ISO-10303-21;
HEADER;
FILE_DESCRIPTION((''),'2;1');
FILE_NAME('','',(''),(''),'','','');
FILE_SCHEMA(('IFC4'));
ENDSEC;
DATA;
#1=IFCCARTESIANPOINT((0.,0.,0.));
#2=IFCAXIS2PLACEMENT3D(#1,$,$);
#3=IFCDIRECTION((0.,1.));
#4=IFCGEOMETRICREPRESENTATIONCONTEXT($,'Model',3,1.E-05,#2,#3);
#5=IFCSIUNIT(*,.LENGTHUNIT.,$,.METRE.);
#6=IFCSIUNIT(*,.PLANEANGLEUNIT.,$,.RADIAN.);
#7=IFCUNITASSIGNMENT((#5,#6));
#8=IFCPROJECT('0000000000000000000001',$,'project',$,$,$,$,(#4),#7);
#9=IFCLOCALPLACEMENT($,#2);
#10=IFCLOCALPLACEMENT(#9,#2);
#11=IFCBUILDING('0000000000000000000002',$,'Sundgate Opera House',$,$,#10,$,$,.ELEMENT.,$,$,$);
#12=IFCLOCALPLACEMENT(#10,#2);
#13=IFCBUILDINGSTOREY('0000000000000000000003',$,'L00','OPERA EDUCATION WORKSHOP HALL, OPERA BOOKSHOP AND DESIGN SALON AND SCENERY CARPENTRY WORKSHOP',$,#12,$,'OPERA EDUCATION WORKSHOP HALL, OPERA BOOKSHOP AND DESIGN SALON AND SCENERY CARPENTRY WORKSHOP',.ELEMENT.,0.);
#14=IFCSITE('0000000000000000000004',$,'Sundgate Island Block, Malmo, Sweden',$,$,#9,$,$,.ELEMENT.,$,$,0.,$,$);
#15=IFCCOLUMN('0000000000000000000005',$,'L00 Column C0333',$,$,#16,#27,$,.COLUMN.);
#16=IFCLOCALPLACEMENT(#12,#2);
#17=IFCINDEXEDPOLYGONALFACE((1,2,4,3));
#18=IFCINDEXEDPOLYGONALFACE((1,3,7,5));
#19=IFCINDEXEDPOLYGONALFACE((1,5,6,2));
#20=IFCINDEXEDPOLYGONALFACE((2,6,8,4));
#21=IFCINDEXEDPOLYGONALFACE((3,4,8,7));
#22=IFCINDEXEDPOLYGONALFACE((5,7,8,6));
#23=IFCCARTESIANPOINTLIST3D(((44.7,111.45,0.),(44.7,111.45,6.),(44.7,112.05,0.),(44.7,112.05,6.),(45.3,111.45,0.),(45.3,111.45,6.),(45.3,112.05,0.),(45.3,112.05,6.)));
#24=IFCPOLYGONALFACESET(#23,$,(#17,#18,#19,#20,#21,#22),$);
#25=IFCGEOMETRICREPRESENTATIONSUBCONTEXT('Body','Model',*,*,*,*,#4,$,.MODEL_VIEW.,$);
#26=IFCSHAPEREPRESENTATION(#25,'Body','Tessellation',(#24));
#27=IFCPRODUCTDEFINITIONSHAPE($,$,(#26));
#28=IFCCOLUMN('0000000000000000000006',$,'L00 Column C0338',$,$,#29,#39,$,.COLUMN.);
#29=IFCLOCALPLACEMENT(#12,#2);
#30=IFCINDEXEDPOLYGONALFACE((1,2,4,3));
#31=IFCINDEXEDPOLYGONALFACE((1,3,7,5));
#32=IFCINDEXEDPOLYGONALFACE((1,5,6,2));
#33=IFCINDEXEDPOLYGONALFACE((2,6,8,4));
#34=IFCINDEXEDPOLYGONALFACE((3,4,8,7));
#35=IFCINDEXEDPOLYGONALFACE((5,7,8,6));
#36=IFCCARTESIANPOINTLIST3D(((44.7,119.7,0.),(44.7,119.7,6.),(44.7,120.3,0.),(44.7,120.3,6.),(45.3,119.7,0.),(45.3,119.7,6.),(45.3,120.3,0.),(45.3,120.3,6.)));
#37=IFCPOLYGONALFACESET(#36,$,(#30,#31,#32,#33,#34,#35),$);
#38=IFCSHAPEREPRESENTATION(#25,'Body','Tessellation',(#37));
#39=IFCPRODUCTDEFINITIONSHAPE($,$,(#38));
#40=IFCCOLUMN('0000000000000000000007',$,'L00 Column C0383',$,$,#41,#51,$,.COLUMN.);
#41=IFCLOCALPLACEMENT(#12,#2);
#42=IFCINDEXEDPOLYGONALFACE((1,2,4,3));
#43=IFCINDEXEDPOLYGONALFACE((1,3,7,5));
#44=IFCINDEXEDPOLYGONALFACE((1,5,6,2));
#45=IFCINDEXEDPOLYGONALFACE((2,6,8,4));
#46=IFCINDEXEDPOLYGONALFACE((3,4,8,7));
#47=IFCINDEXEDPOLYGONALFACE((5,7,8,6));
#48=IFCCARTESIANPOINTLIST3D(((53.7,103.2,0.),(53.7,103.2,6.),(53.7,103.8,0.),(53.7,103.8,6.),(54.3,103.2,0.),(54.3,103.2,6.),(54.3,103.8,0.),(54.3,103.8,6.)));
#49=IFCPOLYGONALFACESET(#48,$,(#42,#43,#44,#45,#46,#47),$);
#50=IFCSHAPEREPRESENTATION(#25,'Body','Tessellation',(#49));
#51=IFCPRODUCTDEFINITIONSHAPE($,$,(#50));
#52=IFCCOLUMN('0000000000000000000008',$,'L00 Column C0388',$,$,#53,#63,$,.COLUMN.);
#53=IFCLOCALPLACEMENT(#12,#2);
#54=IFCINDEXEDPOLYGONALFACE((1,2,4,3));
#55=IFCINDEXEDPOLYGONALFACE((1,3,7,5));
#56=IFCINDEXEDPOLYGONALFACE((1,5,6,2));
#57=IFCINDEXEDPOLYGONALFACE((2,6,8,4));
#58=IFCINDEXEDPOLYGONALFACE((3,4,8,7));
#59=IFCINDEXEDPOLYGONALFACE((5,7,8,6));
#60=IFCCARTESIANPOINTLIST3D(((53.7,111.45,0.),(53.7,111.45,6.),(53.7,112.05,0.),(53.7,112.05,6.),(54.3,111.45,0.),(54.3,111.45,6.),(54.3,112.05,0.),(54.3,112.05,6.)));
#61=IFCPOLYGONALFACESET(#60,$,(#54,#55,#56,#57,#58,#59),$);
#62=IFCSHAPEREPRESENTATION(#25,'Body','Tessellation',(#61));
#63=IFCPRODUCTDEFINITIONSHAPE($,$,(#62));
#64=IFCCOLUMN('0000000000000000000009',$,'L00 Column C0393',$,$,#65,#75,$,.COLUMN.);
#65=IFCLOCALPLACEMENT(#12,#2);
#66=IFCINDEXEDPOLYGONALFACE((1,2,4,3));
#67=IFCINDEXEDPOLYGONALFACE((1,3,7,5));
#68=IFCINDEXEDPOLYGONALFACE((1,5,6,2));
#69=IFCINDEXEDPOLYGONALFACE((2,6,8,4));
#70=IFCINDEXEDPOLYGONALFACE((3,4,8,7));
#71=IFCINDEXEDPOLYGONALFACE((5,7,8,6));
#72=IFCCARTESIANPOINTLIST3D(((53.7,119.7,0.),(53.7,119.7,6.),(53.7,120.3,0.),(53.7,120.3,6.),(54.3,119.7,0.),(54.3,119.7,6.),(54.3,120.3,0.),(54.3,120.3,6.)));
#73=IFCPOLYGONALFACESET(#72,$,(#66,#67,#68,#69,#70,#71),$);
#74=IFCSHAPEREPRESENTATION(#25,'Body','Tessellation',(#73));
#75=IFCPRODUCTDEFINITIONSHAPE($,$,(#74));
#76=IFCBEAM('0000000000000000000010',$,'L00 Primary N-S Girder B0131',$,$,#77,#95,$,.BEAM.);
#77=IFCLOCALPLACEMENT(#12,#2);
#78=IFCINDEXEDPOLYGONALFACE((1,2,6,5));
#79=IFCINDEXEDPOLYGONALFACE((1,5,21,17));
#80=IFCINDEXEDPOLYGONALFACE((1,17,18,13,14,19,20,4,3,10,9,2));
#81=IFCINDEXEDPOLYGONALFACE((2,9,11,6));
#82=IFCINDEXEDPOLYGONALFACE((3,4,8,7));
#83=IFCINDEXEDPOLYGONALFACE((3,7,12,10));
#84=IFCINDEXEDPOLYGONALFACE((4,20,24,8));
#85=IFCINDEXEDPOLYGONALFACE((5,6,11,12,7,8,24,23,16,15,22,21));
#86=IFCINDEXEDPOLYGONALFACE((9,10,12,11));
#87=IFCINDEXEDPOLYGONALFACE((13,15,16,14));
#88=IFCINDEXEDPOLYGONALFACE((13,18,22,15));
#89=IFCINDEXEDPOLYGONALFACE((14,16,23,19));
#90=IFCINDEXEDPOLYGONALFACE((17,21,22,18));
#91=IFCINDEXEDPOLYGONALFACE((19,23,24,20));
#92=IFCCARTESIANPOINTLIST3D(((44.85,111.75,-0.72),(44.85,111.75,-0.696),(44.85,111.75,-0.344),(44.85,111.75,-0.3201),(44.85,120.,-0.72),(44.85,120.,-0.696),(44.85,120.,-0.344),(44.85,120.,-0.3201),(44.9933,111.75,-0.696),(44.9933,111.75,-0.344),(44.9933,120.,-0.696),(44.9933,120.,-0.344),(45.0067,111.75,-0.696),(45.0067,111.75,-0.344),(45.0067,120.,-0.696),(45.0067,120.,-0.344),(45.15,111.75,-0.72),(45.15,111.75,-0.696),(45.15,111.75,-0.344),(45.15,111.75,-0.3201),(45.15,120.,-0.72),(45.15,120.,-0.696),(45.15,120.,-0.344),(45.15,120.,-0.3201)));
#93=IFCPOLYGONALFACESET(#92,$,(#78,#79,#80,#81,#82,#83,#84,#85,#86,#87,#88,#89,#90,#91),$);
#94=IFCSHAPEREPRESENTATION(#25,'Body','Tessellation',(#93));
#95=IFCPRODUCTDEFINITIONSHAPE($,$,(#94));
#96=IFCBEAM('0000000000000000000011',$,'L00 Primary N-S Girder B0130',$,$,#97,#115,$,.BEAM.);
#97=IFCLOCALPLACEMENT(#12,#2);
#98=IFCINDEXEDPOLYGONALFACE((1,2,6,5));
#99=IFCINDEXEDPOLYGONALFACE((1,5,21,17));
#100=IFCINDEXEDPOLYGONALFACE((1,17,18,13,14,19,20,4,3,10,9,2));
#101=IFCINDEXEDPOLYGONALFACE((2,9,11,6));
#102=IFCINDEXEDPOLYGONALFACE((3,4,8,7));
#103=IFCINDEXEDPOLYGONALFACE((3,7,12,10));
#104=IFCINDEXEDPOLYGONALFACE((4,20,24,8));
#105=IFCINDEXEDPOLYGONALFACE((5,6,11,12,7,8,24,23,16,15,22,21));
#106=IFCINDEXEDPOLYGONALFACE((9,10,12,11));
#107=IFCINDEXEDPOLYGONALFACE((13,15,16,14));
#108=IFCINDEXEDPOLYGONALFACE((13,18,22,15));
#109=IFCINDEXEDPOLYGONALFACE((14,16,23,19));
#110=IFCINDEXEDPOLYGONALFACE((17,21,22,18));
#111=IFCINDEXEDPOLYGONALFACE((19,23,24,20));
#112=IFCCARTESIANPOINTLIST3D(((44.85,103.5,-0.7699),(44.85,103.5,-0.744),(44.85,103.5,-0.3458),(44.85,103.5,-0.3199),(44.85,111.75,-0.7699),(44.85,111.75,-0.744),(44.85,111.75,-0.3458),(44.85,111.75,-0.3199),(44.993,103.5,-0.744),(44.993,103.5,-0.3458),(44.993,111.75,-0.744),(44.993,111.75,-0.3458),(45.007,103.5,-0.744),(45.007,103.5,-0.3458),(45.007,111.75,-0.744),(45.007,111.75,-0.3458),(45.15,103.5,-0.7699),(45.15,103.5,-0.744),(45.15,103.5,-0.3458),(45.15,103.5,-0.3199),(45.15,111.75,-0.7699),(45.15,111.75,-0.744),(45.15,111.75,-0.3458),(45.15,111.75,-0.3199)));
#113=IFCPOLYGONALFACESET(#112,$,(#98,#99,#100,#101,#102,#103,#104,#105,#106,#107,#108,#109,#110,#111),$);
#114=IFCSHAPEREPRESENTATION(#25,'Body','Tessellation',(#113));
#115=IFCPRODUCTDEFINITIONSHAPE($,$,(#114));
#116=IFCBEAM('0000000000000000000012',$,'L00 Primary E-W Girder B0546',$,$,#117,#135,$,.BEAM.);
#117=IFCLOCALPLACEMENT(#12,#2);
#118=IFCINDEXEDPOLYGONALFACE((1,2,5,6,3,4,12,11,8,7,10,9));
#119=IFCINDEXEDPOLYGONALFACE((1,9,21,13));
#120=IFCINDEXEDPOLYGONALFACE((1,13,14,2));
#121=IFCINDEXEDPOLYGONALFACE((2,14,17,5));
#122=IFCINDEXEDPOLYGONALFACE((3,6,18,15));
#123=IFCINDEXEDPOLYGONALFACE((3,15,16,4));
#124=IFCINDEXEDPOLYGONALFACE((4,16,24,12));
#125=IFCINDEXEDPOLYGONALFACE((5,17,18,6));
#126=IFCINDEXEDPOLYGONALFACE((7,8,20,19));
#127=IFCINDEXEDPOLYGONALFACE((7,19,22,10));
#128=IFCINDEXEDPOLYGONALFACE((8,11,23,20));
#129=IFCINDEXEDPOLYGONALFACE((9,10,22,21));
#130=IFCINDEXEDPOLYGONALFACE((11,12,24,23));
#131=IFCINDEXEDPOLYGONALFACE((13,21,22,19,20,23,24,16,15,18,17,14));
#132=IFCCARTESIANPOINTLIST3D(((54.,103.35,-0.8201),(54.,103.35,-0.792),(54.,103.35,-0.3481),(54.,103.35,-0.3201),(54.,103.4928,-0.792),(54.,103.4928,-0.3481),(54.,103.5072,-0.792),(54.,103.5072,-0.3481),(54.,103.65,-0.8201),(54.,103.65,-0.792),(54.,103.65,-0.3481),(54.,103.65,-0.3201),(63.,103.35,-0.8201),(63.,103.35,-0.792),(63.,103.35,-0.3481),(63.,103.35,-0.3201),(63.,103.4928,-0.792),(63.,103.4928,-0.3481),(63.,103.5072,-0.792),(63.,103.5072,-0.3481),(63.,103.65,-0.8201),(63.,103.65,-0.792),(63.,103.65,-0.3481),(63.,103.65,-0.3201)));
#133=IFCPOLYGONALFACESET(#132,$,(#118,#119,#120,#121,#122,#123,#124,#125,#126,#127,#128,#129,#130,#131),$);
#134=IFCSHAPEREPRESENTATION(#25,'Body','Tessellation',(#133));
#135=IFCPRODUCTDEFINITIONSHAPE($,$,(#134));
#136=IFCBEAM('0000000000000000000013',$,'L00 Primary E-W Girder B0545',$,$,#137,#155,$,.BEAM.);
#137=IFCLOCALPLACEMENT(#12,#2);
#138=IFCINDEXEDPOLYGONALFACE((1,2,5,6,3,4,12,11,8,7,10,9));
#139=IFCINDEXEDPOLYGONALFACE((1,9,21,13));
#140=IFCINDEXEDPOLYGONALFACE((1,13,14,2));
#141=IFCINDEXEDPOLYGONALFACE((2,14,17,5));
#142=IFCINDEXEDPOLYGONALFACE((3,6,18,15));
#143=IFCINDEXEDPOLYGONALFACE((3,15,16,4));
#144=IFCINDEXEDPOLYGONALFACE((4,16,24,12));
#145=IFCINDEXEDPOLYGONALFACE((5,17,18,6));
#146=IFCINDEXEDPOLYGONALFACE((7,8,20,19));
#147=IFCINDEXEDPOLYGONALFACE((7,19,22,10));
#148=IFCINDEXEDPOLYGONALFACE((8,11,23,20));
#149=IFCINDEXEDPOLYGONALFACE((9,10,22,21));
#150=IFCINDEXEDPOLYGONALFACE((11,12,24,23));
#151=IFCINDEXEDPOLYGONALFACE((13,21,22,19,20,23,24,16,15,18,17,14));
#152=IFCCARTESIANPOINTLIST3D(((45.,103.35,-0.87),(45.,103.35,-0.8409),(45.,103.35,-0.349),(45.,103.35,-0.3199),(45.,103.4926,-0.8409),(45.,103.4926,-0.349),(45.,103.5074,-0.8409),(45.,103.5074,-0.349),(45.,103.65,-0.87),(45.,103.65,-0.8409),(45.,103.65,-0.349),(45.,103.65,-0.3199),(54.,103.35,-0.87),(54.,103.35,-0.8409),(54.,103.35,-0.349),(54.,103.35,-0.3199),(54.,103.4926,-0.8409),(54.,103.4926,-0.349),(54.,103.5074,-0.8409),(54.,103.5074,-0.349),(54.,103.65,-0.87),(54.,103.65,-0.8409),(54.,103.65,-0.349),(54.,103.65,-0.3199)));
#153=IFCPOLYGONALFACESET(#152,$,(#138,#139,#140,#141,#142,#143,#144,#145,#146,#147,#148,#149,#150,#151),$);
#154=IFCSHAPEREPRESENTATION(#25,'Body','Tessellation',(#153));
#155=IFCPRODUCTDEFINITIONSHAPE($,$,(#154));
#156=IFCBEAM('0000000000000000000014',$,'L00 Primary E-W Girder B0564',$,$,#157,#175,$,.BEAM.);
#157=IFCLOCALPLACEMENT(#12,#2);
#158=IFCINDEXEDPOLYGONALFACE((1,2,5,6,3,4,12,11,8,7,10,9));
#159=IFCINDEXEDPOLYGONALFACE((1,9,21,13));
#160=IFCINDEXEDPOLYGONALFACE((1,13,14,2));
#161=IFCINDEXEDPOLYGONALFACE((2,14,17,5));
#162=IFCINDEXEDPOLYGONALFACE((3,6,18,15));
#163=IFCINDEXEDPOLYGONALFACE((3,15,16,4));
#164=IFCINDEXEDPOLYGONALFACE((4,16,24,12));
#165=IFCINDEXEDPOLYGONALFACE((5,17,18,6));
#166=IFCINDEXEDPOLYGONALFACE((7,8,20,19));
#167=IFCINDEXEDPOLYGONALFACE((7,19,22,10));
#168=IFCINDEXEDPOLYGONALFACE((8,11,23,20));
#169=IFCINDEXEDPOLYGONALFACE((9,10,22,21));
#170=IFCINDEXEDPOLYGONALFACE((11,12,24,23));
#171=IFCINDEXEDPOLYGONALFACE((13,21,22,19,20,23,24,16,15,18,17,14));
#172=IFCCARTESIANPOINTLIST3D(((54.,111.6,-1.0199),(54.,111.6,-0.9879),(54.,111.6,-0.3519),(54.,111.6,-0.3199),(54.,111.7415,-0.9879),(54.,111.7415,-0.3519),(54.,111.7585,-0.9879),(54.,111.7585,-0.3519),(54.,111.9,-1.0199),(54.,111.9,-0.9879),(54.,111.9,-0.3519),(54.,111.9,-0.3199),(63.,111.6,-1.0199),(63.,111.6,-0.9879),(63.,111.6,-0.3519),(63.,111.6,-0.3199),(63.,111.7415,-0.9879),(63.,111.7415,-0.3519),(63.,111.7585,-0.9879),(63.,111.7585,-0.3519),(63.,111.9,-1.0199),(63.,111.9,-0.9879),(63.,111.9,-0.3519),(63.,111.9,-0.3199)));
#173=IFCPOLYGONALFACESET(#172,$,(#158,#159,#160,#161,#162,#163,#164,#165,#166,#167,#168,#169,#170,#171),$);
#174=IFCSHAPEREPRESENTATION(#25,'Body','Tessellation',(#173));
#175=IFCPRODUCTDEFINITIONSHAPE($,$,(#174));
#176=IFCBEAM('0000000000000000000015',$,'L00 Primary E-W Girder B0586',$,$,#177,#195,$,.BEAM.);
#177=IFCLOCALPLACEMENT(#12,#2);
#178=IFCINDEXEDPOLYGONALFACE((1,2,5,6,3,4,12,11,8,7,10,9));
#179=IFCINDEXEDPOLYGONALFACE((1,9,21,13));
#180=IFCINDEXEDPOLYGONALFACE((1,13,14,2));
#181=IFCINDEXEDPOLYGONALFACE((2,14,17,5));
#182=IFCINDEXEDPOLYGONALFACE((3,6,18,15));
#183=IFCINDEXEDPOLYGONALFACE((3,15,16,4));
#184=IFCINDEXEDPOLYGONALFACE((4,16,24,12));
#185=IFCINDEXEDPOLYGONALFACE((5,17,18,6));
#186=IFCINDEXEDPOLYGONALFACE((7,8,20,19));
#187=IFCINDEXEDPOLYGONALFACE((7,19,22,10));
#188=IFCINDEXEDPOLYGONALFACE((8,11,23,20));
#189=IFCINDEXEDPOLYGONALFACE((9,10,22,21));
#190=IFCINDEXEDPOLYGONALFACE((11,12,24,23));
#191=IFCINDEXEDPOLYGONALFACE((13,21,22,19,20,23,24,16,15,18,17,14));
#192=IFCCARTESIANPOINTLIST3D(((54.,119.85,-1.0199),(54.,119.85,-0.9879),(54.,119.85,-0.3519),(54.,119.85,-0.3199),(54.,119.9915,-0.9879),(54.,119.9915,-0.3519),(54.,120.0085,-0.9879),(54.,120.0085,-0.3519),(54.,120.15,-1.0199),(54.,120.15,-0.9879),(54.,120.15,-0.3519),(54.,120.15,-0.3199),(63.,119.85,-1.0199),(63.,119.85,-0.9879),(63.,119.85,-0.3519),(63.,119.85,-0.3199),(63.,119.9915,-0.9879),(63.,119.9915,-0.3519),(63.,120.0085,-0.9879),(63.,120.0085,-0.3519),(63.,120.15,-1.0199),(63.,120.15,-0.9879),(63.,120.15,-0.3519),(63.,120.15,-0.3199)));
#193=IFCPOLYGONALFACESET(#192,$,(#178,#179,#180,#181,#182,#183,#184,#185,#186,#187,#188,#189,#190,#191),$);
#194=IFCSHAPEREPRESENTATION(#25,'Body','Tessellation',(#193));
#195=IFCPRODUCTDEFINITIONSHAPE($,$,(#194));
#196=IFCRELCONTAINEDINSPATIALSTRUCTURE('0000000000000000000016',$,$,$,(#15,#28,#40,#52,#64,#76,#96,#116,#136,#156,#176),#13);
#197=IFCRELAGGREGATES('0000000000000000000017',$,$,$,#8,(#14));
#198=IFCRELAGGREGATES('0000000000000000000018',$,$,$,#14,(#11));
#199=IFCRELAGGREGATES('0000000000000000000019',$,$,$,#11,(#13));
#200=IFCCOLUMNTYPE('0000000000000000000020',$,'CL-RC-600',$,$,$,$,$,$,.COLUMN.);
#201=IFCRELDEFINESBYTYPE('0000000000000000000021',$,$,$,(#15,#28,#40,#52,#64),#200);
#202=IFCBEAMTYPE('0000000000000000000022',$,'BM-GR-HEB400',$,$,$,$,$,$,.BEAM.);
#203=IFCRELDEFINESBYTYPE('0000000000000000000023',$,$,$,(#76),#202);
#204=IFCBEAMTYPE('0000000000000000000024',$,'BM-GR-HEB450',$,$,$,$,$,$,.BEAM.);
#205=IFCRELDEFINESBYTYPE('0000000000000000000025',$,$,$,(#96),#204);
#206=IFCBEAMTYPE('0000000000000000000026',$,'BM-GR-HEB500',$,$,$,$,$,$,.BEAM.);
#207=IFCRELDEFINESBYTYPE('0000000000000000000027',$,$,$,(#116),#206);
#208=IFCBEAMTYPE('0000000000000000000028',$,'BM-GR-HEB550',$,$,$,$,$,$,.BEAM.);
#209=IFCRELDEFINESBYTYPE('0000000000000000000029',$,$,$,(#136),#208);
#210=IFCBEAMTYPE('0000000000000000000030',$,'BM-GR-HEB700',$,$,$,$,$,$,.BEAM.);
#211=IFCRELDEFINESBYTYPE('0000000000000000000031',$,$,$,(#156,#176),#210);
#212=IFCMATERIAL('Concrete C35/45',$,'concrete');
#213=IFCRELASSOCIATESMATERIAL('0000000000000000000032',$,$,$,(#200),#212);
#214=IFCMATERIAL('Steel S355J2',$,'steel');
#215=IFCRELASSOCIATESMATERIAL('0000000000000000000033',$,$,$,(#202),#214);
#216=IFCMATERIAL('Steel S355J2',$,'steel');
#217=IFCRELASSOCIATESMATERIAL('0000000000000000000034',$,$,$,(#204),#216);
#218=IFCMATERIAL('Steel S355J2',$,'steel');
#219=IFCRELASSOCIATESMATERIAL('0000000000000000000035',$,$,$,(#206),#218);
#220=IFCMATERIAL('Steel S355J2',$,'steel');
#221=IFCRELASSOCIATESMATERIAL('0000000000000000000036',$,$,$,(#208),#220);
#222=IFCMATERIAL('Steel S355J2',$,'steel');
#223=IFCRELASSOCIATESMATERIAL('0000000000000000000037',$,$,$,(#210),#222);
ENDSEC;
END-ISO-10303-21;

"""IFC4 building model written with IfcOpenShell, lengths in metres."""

from ifc_helpers import new_model, si_unit, direction, frame, origin, origin_2d, place, context, subcontext, project, spatial, rectangle, i_section, extrude, material, material_profile, profile_set, type_object, element, save


model = new_model("IFC4")

# Units and contexts
model_context = context("Model", 3, precision=1e-05, world=origin(), true_north=direction((0.0, 1.0)))
body_context = subcontext(model_context, "Body", "Model", "MODEL_VIEW")
ifc_project = project(units=[si_unit("LENGTHUNIT", "METRE"), si_unit("PLANEANGLEUNIT", "RADIAN")], contexts=[model_context])

# Site, building, storey
site_placement = place(None, origin())
site = spatial("IfcSite", under=ifc_project, at=site_placement, Name="Sundgate Island Block, Malmo, Sweden", CompositionType="ELEMENT", RefElevation=0.0)
building_placement = place(site_placement, origin())
building = spatial("IfcBuilding", under=site, at=building_placement, Name="Sundgate Opera House", CompositionType="ELEMENT")
storey_placement = place(building_placement, origin())
storey = spatial("IfcBuildingStorey", under=building, at=storey_placement, Name="L00", Description="OPERA EDUCATION WORKSHOP HALL, OPERA BOOKSHOP AND DESIGN SALON AND SCENERY CARPENTRY WORKSHOP", LongName="OPERA EDUCATION WORKSHOP HALL, OPERA BOOKSHOP AND DESIGN SALON AND SCENERY CARPENTRY WORKSHOP", CompositionType="ELEMENT", Elevation=0.0)

# Columns
ifc_material_1 = material(Name="Concrete C35/45", Category="concrete")
ifc_material_profile_1 = material_profile(ifc_material_1, rectangle(XDim=0.6001, YDim=0.6001, at=origin_2d()), Name="RC 600x600")
ifc_profile_set_1 = profile_set([ifc_material_profile_1], Name="Concrete C35/45")
column_type = type_object("IfcColumnType", Name="CL-RC-600", PredefinedType="COLUMN", material=ifc_profile_set_1)
for number, where, z_axis, x_axis, name in (
    (1, (45.0, 111.75, 0.0), (0.0, 0.0, 1.0), (1.0, 0.0, 0.0), "L00 Column C0333"),
    (2, (45.0, 120.0, 0.0), (0.0, 0.0, 1.0), (1.0, 0.0, 0.0), "L00 Column C0338"),
    (3, (54.0, 103.5, 0.0), (0.0, 0.0, 1.0), (1.0, 0.0, 0.0), "L00 Column C0383"),
    (4, (54.0, 111.75, 0.0), (0.0, 0.0, 1.0), (1.0, 0.0, 0.0), "L00 Column C0388"),
    (5, (54.0, 120.0, 0.0), (0.0, 0.0, 1.0), (1.0, 0.0, 0.0), "L00 Column C0393"),
):
    element("IfcColumn", number, at=place(storey_placement, frame(where, z_axis=z_axis, x_axis=x_axis)), inside=storey, type_object=column_type, Name=name, PredefinedType="COLUMN", context=body_context, shape_type="SweptSolid", body=[
        extrude(rectangle(XDim=0.6001, YDim=0.6001, at=origin_2d()), origin(), (0.0, 0.0, 1.0), 6.0),
    ])

# Beams
ifc_material_2 = material(Name="Steel S355J2", Category="steel")
ifc_material_profile_2 = material_profile(ifc_material_2, i_section(OverallWidth=0.3, OverallDepth=0.3999, WebThickness=0.0134, FlangeThickness=0.0239, at=origin_2d()), Name="HEB 400")
ifc_profile_set_2 = profile_set([ifc_material_profile_2], Name="Steel S355J2")
beam_type_1 = type_object("IfcBeamType", Name="BM-GR-HEB400", PredefinedType="BEAM", material=ifc_profile_set_2)
beam_1_placement = place(storey_placement, frame((45.0, 111.75, -0.52), z_axis=(0.0, 1.0, 0.0), x_axis=(-1.0, 0.0, 0.0)))
element("IfcBeam", 6, at=beam_1_placement, inside=storey, type_object=beam_type_1, Name="L00 Primary N-S Girder B0131", PredefinedType="BEAM", context=body_context, shape_type="SweptSolid", body=[
    extrude(i_section(OverallWidth=0.3, OverallDepth=0.3999, WebThickness=0.0134, FlangeThickness=0.0239, at=origin_2d()), origin(), (0.0, 0.0, 1.0), 8.25),
])
ifc_material_3 = material(Name="Steel S355J2", Category="steel")
ifc_material_profile_3 = material_profile(ifc_material_3, i_section(OverallWidth=0.3, OverallDepth=0.45, WebThickness=0.0139, FlangeThickness=0.0259, at=origin_2d()), Name="HEB 450")
ifc_profile_set_3 = profile_set([ifc_material_profile_3], Name="Steel S355J2")
beam_type_2 = type_object("IfcBeamType", Name="BM-GR-HEB450", PredefinedType="BEAM", material=ifc_profile_set_3)
beam_2_placement = place(storey_placement, frame((45.0, 103.5, -0.5449), z_axis=(0.0, 1.0, 0.0), x_axis=(-1.0, 0.0, 0.0)))
element("IfcBeam", 7, at=beam_2_placement, inside=storey, type_object=beam_type_2, Name="L00 Primary N-S Girder B0130", PredefinedType="BEAM", context=body_context, shape_type="SweptSolid", body=[
    extrude(i_section(OverallWidth=0.3, OverallDepth=0.45, WebThickness=0.0139, FlangeThickness=0.0259, at=origin_2d()), origin(), (0.0, 0.0, 1.0), 8.25),
])
ifc_material_4 = material(Name="Steel S355J2", Category="steel")
ifc_material_profile_4 = material_profile(ifc_material_4, i_section(OverallWidth=0.3, OverallDepth=0.5, WebThickness=0.0144, FlangeThickness=0.0281, at=origin_2d()), Name="HEB 500")
ifc_profile_set_4 = profile_set([ifc_material_profile_4], Name="Steel S355J2")
beam_type_3 = type_object("IfcBeamType", Name="BM-GR-HEB500", PredefinedType="BEAM", material=ifc_profile_set_4)
beam_3_placement = place(storey_placement, frame((54.0, 103.5, -0.5701), z_axis=(1.0, 0.0, 0.0), x_axis=(0.0, 1.0, 0.0)))
element("IfcBeam", 8, at=beam_3_placement, inside=storey, type_object=beam_type_3, Name="L00 Primary E-W Girder B0546", PredefinedType="BEAM", context=body_context, shape_type="SweptSolid", body=[
    extrude(i_section(OverallWidth=0.3, OverallDepth=0.5, WebThickness=0.0144, FlangeThickness=0.0281, at=origin_2d()), origin(), (0.0, 0.0, 1.0), 9.0),
])
ifc_material_5 = material(Name="Steel S355J2", Category="steel")
ifc_material_profile_5 = material_profile(ifc_material_5, i_section(OverallWidth=0.3, OverallDepth=0.55, WebThickness=0.0149, FlangeThickness=0.0291, at=origin_2d()), Name="HEB 550")
ifc_profile_set_5 = profile_set([ifc_material_profile_5], Name="Steel S355J2")
beam_type_4 = type_object("IfcBeamType", Name="BM-GR-HEB550", PredefinedType="BEAM", material=ifc_profile_set_5)
beam_4_placement = place(storey_placement, frame((45.0, 103.5, -0.595), z_axis=(1.0, 0.0, 0.0), x_axis=(0.0, 1.0, 0.0)))
element("IfcBeam", 9, at=beam_4_placement, inside=storey, type_object=beam_type_4, Name="L00 Primary E-W Girder B0545", PredefinedType="BEAM", context=body_context, shape_type="SweptSolid", body=[
    extrude(i_section(OverallWidth=0.3, OverallDepth=0.55, WebThickness=0.0149, FlangeThickness=0.0291, at=origin_2d()), origin(), (0.0, 0.0, 1.0), 9.0),
])
ifc_material_6 = material(Name="Steel S355J2", Category="steel")
ifc_material_profile_6 = material_profile(ifc_material_6, i_section(OverallWidth=0.3, OverallDepth=0.7, WebThickness=0.0171, FlangeThickness=0.032, at=origin_2d()), Name="HEB 700")
ifc_profile_set_6 = profile_set([ifc_material_profile_6], Name="Steel S355J2")
beam_type_5 = type_object("IfcBeamType", Name="BM-GR-HEB700", PredefinedType="BEAM", material=ifc_profile_set_6)
for number, where, z_axis, x_axis, name in (
    (10, (54.0, 111.75, -0.6699), (1.0, 0.0, 0.0), (0.0, 1.0, 0.0), "L00 Primary E-W Girder B0564"),
    (11, (54.0, 120.0, -0.6699), (1.0, 0.0, 0.0), (0.0, 1.0, 0.0), "L00 Primary E-W Girder B0586"),
):
    element("IfcBeam", number, at=place(storey_placement, frame(where, z_axis=z_axis, x_axis=x_axis)), inside=storey, type_object=beam_type_5, Name=name, PredefinedType="BEAM", context=body_context, shape_type="SweptSolid", body=[
        extrude(i_section(OverallWidth=0.3, OverallDepth=0.7, WebThickness=0.0171, FlangeThickness=0.032, at=origin_2d()), origin(), (0.0, 0.0, 1.0), 9.0),
    ])

save(model, "model.ifc")
